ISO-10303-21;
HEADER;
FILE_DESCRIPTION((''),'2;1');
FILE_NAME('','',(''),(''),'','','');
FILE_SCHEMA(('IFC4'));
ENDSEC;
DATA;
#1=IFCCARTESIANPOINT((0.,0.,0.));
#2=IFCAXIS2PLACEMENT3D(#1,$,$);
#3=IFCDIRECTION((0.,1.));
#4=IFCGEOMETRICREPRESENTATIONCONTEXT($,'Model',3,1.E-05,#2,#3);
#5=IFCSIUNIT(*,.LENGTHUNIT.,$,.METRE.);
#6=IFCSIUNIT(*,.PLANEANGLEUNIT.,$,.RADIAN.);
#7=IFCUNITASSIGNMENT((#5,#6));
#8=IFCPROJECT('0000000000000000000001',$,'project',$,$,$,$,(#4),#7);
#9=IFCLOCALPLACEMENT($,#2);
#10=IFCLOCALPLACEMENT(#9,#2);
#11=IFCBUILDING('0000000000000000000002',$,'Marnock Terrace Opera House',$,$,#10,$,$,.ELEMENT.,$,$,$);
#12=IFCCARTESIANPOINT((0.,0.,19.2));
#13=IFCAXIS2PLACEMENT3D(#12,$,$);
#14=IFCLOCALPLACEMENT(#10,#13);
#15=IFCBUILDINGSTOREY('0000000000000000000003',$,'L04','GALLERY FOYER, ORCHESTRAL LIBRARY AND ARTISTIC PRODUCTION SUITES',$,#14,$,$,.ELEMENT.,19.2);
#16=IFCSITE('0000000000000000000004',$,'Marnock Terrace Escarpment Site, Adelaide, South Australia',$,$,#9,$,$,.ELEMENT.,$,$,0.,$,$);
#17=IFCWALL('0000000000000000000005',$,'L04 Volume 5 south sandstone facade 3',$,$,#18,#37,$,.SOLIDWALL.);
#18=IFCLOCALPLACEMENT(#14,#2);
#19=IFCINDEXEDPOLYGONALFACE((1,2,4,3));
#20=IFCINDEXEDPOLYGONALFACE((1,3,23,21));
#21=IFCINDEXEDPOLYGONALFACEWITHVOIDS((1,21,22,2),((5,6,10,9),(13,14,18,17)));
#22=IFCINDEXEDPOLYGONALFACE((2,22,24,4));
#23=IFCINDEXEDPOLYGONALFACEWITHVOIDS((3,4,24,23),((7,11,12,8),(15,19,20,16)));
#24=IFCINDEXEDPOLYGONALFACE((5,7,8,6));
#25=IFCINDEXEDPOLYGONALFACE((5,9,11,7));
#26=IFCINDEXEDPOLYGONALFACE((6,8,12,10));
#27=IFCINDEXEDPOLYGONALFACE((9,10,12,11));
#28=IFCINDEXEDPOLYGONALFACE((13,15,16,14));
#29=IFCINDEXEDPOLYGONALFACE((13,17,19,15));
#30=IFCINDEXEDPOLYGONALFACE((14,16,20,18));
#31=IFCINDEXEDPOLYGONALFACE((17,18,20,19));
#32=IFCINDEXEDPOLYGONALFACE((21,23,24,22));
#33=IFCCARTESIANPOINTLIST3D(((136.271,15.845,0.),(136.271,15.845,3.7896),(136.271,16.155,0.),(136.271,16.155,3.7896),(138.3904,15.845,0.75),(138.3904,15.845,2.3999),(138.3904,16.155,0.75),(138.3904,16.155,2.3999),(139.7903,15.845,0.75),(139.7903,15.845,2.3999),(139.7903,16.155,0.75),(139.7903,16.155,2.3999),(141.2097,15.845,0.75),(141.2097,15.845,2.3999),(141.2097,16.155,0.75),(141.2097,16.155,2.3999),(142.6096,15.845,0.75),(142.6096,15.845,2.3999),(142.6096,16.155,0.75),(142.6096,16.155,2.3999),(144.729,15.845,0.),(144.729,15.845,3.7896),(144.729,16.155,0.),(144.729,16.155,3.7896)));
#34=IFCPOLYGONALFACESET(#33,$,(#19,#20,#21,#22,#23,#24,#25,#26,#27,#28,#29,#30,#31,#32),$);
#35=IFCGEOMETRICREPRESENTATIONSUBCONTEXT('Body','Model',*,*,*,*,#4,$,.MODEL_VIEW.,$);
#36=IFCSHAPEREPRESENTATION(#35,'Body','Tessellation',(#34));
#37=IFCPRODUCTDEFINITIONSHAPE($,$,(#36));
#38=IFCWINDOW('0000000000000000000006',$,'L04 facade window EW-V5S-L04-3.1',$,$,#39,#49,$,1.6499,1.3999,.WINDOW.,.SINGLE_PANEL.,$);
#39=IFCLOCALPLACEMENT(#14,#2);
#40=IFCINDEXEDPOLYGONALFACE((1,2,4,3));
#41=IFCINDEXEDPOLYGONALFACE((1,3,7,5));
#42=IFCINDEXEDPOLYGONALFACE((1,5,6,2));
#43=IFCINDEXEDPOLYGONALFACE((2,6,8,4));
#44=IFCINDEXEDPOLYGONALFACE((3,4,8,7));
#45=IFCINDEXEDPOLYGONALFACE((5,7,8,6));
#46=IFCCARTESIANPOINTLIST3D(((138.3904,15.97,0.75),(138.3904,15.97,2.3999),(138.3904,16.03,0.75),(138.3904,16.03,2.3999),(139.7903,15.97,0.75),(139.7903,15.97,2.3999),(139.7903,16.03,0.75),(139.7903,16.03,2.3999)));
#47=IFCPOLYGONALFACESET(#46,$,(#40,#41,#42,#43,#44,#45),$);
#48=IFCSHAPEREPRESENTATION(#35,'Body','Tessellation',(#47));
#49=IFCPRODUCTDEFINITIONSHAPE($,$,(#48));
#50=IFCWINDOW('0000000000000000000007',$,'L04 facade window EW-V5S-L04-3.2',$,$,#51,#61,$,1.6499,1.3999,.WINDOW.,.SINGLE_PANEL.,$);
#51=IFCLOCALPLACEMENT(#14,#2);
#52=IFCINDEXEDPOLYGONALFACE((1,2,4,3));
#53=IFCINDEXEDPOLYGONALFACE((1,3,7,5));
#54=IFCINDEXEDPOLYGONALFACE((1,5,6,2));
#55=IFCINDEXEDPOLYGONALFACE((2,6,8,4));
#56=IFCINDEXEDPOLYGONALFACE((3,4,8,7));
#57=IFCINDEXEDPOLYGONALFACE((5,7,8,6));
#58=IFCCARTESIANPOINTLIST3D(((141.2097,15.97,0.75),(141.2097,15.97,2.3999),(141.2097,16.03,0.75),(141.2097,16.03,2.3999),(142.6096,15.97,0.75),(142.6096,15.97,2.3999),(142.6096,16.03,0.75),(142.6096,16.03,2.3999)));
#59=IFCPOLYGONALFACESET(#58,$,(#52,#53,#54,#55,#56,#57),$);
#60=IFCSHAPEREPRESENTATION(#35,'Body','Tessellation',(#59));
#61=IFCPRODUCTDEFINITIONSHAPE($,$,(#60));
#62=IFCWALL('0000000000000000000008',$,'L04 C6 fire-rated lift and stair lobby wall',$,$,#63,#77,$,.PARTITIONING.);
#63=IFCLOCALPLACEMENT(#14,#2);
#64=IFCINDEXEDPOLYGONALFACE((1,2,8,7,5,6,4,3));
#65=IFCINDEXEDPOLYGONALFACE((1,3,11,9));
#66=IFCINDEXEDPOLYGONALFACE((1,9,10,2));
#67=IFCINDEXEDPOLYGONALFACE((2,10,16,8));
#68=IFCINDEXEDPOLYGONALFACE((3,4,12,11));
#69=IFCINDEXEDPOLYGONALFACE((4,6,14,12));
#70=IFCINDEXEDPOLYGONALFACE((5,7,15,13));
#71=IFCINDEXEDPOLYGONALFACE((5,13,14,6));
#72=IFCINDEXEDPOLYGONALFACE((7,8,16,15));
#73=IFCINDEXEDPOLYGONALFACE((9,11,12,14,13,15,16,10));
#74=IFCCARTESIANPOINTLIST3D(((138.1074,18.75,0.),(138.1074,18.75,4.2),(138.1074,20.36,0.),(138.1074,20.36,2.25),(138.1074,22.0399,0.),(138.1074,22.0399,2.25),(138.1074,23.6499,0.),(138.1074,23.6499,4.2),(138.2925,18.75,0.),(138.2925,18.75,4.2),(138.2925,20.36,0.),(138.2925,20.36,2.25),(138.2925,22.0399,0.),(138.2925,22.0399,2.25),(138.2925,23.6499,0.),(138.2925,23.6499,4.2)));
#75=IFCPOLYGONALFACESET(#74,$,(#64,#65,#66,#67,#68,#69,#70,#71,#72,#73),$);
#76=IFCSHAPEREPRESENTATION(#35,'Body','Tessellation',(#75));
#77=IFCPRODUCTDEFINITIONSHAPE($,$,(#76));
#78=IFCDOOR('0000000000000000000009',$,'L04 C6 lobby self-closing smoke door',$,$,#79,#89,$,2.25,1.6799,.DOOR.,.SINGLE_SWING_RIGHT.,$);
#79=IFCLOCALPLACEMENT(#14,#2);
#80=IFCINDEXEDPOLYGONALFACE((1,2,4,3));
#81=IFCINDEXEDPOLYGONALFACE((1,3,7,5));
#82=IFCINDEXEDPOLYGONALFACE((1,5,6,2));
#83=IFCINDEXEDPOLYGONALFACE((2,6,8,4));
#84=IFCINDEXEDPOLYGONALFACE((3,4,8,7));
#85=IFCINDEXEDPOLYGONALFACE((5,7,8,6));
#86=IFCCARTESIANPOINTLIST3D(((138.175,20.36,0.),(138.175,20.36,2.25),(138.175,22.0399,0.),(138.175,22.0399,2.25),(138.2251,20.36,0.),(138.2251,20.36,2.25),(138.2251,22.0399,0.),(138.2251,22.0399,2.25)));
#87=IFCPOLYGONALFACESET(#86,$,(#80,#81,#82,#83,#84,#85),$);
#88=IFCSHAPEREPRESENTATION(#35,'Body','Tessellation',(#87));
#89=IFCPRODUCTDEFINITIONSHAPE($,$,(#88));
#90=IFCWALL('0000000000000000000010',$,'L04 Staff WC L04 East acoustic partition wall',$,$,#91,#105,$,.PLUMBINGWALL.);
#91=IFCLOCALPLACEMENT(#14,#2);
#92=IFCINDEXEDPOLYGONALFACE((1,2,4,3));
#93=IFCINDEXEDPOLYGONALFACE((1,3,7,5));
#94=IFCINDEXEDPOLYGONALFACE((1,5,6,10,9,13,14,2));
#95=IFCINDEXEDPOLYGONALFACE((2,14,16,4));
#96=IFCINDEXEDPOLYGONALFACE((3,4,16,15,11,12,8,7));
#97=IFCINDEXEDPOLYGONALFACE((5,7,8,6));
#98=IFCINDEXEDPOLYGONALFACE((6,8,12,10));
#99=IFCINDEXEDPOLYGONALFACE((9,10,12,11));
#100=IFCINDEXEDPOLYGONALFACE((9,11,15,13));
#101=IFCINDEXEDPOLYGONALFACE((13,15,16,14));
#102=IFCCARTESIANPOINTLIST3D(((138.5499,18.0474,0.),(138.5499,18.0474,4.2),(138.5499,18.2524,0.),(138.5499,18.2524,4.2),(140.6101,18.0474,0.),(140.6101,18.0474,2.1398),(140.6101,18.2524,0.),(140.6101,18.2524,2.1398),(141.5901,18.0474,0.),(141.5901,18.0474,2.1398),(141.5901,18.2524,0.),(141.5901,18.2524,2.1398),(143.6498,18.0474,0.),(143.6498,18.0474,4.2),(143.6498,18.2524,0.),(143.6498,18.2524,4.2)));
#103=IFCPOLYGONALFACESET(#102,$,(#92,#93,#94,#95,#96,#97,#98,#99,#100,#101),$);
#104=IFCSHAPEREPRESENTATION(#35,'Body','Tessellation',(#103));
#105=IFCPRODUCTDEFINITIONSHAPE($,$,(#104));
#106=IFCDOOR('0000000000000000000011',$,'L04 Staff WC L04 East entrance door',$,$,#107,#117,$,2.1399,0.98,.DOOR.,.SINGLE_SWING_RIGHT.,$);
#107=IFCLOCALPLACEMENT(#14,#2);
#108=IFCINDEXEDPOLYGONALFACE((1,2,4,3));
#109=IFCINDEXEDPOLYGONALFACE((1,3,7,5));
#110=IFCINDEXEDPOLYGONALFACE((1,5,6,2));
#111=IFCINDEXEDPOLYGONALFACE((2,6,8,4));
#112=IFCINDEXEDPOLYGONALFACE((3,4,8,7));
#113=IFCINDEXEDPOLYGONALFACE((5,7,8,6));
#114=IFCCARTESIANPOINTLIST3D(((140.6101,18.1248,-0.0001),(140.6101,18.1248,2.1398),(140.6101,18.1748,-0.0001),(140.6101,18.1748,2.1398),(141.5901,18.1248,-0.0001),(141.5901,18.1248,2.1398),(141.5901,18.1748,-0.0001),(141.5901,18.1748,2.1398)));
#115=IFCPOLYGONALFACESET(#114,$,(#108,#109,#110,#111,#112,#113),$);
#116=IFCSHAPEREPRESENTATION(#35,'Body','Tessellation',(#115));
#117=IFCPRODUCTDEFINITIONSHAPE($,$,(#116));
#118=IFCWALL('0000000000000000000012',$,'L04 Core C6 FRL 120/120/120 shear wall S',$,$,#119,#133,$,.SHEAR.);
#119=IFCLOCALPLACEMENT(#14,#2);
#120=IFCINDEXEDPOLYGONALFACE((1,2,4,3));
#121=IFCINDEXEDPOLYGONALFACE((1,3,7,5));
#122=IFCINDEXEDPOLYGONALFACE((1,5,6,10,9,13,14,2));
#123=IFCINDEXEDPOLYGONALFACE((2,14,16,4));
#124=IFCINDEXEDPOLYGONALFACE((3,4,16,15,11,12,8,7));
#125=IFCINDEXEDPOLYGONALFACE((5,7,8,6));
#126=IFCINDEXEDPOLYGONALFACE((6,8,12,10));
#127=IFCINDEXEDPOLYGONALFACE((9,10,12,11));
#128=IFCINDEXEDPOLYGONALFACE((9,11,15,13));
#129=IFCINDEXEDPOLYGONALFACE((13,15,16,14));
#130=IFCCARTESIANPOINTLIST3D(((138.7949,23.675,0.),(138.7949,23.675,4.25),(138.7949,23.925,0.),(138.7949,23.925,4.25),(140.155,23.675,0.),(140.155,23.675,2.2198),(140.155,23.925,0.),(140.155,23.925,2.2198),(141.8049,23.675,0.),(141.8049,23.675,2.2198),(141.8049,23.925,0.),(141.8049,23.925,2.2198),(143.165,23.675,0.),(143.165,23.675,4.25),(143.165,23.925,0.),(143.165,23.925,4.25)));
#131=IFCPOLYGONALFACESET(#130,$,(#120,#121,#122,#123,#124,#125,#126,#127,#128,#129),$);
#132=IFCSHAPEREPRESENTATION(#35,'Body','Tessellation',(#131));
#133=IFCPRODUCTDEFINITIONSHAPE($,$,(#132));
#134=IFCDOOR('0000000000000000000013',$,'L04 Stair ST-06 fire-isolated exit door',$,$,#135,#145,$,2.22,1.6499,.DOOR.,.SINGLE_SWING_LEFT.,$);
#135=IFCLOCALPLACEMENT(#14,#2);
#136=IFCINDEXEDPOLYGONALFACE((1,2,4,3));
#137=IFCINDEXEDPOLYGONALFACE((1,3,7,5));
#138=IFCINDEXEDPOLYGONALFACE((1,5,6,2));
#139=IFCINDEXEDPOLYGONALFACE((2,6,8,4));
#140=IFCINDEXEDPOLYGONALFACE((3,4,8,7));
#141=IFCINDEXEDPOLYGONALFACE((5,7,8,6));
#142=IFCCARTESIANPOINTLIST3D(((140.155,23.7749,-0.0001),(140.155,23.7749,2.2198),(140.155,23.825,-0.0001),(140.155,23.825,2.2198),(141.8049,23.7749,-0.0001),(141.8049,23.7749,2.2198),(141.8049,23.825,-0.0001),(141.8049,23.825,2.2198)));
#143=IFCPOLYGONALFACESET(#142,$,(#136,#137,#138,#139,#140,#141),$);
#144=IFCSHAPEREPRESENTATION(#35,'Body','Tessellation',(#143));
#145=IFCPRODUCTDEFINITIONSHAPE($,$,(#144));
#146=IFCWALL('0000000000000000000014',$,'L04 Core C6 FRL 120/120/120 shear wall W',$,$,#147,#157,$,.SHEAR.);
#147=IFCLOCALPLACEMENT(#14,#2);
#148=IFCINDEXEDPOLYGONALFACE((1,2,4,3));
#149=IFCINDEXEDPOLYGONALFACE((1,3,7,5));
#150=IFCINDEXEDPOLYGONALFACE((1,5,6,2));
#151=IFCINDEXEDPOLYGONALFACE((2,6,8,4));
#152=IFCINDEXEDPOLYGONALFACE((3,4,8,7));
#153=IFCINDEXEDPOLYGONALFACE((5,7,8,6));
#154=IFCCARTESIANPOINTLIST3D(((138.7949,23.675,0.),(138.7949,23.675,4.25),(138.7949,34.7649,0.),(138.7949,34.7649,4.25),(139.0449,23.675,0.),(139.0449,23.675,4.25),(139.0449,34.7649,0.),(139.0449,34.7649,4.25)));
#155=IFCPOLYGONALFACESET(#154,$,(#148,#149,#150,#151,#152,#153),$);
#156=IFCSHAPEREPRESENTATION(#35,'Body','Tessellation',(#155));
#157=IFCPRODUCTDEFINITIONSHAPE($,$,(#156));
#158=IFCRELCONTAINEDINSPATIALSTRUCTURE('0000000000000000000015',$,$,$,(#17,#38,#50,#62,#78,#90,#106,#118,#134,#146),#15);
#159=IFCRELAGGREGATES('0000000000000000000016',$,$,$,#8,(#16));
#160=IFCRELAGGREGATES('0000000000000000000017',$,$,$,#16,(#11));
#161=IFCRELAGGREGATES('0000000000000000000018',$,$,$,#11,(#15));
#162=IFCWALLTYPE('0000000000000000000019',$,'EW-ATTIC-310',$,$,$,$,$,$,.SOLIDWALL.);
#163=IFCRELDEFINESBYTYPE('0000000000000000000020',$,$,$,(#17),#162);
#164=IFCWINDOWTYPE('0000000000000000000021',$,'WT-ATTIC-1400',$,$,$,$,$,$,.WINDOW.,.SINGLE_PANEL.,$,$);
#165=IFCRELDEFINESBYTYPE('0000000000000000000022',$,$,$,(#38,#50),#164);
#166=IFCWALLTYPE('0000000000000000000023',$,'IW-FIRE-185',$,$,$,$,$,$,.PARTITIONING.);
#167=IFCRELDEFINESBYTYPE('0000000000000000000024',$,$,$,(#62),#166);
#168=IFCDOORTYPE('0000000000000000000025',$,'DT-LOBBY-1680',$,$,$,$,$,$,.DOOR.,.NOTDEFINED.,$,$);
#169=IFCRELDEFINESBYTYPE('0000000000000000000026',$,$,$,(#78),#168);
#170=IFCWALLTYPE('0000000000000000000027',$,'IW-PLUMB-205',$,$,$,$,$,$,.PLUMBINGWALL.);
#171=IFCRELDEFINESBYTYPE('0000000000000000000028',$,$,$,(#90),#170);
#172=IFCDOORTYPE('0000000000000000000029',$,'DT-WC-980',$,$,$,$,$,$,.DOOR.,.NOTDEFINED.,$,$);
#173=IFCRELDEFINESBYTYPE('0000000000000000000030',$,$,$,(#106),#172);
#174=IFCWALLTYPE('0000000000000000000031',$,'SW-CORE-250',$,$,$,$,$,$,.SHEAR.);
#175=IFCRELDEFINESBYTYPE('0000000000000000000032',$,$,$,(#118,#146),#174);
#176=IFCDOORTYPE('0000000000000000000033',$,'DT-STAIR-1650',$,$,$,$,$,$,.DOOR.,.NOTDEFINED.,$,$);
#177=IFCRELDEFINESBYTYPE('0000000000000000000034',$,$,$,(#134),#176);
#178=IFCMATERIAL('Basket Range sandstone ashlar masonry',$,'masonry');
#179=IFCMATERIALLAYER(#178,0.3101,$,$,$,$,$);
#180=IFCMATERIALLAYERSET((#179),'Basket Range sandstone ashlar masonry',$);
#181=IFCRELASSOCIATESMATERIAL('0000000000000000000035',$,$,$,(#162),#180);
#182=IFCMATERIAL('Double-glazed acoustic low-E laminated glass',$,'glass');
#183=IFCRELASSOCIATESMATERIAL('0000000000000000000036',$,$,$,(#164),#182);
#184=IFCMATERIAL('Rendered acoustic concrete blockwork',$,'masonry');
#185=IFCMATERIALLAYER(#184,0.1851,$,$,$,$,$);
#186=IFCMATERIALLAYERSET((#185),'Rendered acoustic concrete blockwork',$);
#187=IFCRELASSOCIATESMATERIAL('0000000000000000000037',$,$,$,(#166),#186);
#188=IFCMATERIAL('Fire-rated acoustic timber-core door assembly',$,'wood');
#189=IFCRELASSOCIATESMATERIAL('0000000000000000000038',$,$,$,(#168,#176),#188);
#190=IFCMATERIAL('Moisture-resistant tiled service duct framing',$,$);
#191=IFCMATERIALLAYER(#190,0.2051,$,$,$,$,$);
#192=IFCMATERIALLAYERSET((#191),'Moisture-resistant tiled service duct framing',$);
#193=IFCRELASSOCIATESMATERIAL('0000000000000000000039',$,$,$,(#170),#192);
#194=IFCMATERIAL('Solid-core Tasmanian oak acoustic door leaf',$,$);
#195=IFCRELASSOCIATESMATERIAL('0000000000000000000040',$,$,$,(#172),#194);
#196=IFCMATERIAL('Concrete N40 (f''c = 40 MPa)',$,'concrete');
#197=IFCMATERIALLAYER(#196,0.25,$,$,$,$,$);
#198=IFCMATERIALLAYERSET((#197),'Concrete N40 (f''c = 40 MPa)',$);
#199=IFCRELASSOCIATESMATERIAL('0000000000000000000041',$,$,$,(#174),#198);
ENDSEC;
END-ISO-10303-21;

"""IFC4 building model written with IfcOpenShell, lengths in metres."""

from ifc_helpers import new_model, si_unit, direction, frame, frame_2d, origin, place, context, subcontext, project, spatial, rectangle, extrude, material, layer, layer_set, type_object, element, fill, save


model = new_model("IFC4")

# Units and contexts
model_context = context("Model", 3, precision=1e-05, world=origin(), true_north=direction((0.0, 1.0)))
body_context = subcontext(model_context, "Body", "Model", "MODEL_VIEW")
ifc_project = project(units=[si_unit("LENGTHUNIT", "METRE"), si_unit("PLANEANGLEUNIT", "RADIAN")], contexts=[model_context])

# Site, building, storey
site_placement = place(None, origin())
site = spatial("IfcSite", under=ifc_project, at=site_placement, Name="Marnock Terrace Escarpment Site, Adelaide, South Australia", CompositionType="ELEMENT", RefElevation=0.0)
building_placement = place(site_placement, origin())
building = spatial("IfcBuilding", under=site, at=building_placement, Name="Marnock Terrace Opera House", CompositionType="ELEMENT")
storey_placement = place(building_placement, frame((0.0, 0.0, 19.2)))
storey = spatial("IfcBuildingStorey", under=building, at=storey_placement, Name="L04", Description="GALLERY FOYER, ORCHESTRAL LIBRARY AND ARTISTIC PRODUCTION SUITES", CompositionType="ELEMENT", Elevation=19.2)

# Shared definitions
ifc_material_1 = material(Name="Concrete N40 (f'c = 40 MPa)", Category="concrete")

# Wall, openings, windows
ifc_material_2 = material(Name="Basket Range sandstone ashlar masonry", Category="masonry")
ifc_layer_1 = layer(ifc_material_2, 0.3101)
ifc_layer_set_1 = layer_set([ifc_layer_1], Name="Basket Range sandstone ashlar masonry")
wall_type_1 = type_object("IfcWallType", Name="EW-ATTIC-310", PredefinedType="SOLIDWALL", material=ifc_layer_set_1)
wall_1_placement = place(storey_placement, frame((136.271, 16.0, 0.0), z_axis=(0.0, 0.0, 1.0), x_axis=(1.0, 0.0, 0.0)))
wall_1 = element("IfcWall", 1, at=wall_1_placement, inside=storey, type_object=wall_type_1, Name="L04 Volume 5 south sandstone facade 3", PredefinedType="SOLIDWALL", context=body_context, shape_type="SweptSolid", body=[
    extrude(rectangle(XDim=8.458, YDim=0.3101, at=frame_2d((4.229, 0.0))), origin(), (0.0, 0.0, 1.0), 3.7896),
])
opening_1_placement = place(wall_1_placement, frame((2.1194, 0.0, 0.75)))
opening_1 = element("IfcOpeningElement", 2, at=opening_1_placement, cuts=wall_1, PredefinedType="OPENING", context=body_context, shape_type="SweptSolid", body=[
    extrude(rectangle(XDim=1.3999, YDim=1.6499, at=frame_2d((0.7, 0.825))), frame((0.0, 0.165, 0.0), z_axis=(0.0, -1.0, 0.0), x_axis=(1.0, 0.0, 0.0)), (0.0, 0.0, 1.0), 0.3301),
])
opening_2_placement = place(wall_1_placement, frame((4.9387, 0.0, 0.75)))
opening_2 = element("IfcOpeningElement", 3, at=opening_2_placement, cuts=wall_1, PredefinedType="OPENING", context=body_context, shape_type="SweptSolid", body=[
    extrude(rectangle(XDim=1.3999, YDim=1.6499, at=frame_2d((0.7, 0.825))), frame((0.0, 0.165, 0.0), z_axis=(0.0, -1.0, 0.0), x_axis=(1.0, 0.0, 0.0)), (0.0, 0.0, 1.0), 0.3301),
])
ifc_material_3 = material(Name="Double-glazed acoustic low-E laminated glass", Category="glass")
window_type = type_object("IfcWindowType", Name="WT-ATTIC-1400", PartitioningType="SINGLE_PANEL", PredefinedType="WINDOW", material=ifc_material_3)
window_1_placement = place(opening_1_placement, origin())
window_1 = element("IfcWindow", 4, at=window_1_placement, inside=storey, type_object=window_type, Name="L04 facade window EW-V5S-L04-3.1", OverallHeight=1.6499, OverallWidth=1.3999, PartitioningType="SINGLE_PANEL", PredefinedType="WINDOW", context=body_context, shape_type="SweptSolid", body=[
    extrude(rectangle(XDim=1.3999, YDim=1.6499, at=frame_2d((0.7, 0.825))), frame((0.0, 0.03, 0.0), z_axis=(0.0, -1.0, 0.0), x_axis=(1.0, 0.0, 0.0)), (0.0, 0.0, 1.0), 0.0601),
])
fill(opening_1, window_1)
window_2_placement = place(opening_2_placement, origin())
window_2 = element("IfcWindow", 5, at=window_2_placement, inside=storey, type_object=window_type, Name="L04 facade window EW-V5S-L04-3.2", OverallHeight=1.6499, OverallWidth=1.3999, PartitioningType="SINGLE_PANEL", PredefinedType="WINDOW", context=body_context, shape_type="SweptSolid", body=[
    extrude(rectangle(XDim=1.3999, YDim=1.6499, at=frame_2d((0.7, 0.825))), frame((0.0, 0.03, 0.0), z_axis=(0.0, -1.0, 0.0), x_axis=(1.0, 0.0, 0.0)), (0.0, 0.0, 1.0), 0.0601),
])
fill(opening_2, window_2)

# Walls, openings, doors
ifc_material_4 = material(Name="Rendered acoustic concrete blockwork", Category="masonry")
ifc_layer_2 = layer(ifc_material_4, 0.1851)
ifc_layer_set_2 = layer_set([ifc_layer_2], Name="Rendered acoustic concrete blockwork")
wall_type_2 = type_object("IfcWallType", Name="IW-FIRE-185", PredefinedType="PARTITIONING", material=ifc_layer_set_2)
wall_2_placement = place(storey_placement, frame((138.2, 18.75, 0.0), z_axis=(0.0, 0.0, 1.0), x_axis=(0.0, 1.0, 0.0)))
wall_2 = element("IfcWall", 6, at=wall_2_placement, inside=storey, type_object=wall_type_2, Name="L04 C6 fire-rated lift and stair lobby wall", PredefinedType="PARTITIONING", context=body_context, shape_type="SweptSolid", body=[
    extrude(rectangle(XDim=4.8999, YDim=0.1851, at=frame_2d((2.45, 0.0))), origin(), (0.0, 0.0, 1.0), 4.2),
])
opening_3_placement = place(wall_2_placement, frame((1.6101, 0.0, 0.0)))
opening_3 = element("IfcOpeningElement", 7, at=opening_3_placement, cuts=wall_2, PredefinedType="OPENING", context=body_context, shape_type="SweptSolid", body=[
    extrude(rectangle(XDim=1.6799, YDim=2.25, at=frame_2d((0.8398, 1.125))), frame((0.0, 0.1025, 0.0), z_axis=(0.0, -1.0, 0.0), x_axis=(1.0, 0.0, 0.0)), (0.0, 0.0, 1.0), 0.2051),
])
ifc_material_5 = material(Name="Fire-rated acoustic timber-core door assembly", Category="wood")
door_type_1 = type_object("IfcDoorType", Name="DT-LOBBY-1680", OperationType="NOTDEFINED", PredefinedType="DOOR", material=ifc_material_5)
door_1_placement = place(opening_3_placement, origin())
door_1 = element("IfcDoor", 8, at=door_1_placement, inside=storey, type_object=door_type_1, Name="L04 C6 lobby self-closing smoke door", OperationType="SINGLE_SWING_RIGHT", OverallHeight=2.25, OverallWidth=1.6799, PredefinedType="DOOR", context=body_context, shape_type="SweptSolid", body=[
    extrude(rectangle(XDim=1.6799, YDim=2.25, at=frame_2d((0.8398, 1.125))), frame((0.0, 0.0249, 0.0), z_axis=(0.0, -1.0, 0.0), x_axis=(1.0, 0.0, 0.0)), (0.0, 0.0, 1.0), 0.05),
])
fill(opening_3, door_1)
ifc_material_6 = material(Name="Moisture-resistant tiled service duct framing")
ifc_layer_3 = layer(ifc_material_6, 0.2051)
ifc_layer_set_3 = layer_set([ifc_layer_3], Name="Moisture-resistant tiled service duct framing")
wall_type_3 = type_object("IfcWallType", Name="IW-PLUMB-205", PredefinedType="PLUMBINGWALL", material=ifc_layer_set_3)
wall_3_placement = place(storey_placement, frame((138.55, 18.1499, 0.0), z_axis=(0.0, 0.0, 1.0), x_axis=(1.0, 0.0, 0.0)))
wall_3 = element("IfcWall", 9, at=wall_3_placement, inside=storey, type_object=wall_type_3, Name="L04 Staff WC L04 East acoustic partition wall", PredefinedType="PLUMBINGWALL", context=body_context, shape_type="SweptSolid", body=[
    extrude(rectangle(XDim=5.0999, YDim=0.2051, at=frame_2d((2.5498, 0.0))), origin(), (0.0, 0.0, 1.0), 4.2),
])
opening_4_placement = place(wall_3_placement, frame((2.0601, 0.0, 0.0)))
opening_4 = element("IfcOpeningElement", 10, at=opening_4_placement, cuts=wall_3, PredefinedType="OPENING", context=body_context, shape_type="SweptSolid", body=[
    extrude(rectangle(XDim=0.98, YDim=2.1399, at=frame_2d((0.49, 1.0698))), frame((0.0, 0.1125, 0.0), z_axis=(0.0, -1.0, 0.0), x_axis=(1.0, 0.0, 0.0)), (0.0, 0.0, 1.0), 0.2251),
])
ifc_material_7 = material(Name="Solid-core Tasmanian oak acoustic door leaf")
door_type_2 = type_object("IfcDoorType", Name="DT-WC-980", OperationType="NOTDEFINED", PredefinedType="DOOR", material=ifc_material_7)
door_2_placement = place(opening_4_placement, origin())
door_2 = element("IfcDoor", 11, at=door_2_placement, inside=storey, type_object=door_type_2, Name="L04 Staff WC L04 East entrance door", OperationType="SINGLE_SWING_RIGHT", OverallHeight=2.1399, OverallWidth=0.98, PredefinedType="DOOR", context=body_context, shape_type="SweptSolid", body=[
    extrude(rectangle(XDim=0.98, YDim=2.1399, at=frame_2d((0.49, 1.0698))), frame((0.0, 0.0249, 0.0), z_axis=(0.0, -1.0, 0.0), x_axis=(1.0, 0.0, 0.0)), (0.0, 0.0, 1.0), 0.05),
])
fill(opening_4, door_2)
ifc_layer_4 = layer(ifc_material_1, 0.25)
ifc_layer_set_4 = layer_set([ifc_layer_4], Name="Concrete N40 (f'c = 40 MPa)")
wall_type_4 = type_object("IfcWallType", Name="SW-CORE-250", PredefinedType="SHEAR", material=ifc_layer_set_4)
wall_4_placement = place(storey_placement, frame((138.7949, 23.8, 0.0), z_axis=(0.0, 0.0, 1.0), x_axis=(1.0, 0.0, 0.0)))
wall_4 = element("IfcWall", 12, at=wall_4_placement, inside=storey, type_object=wall_type_4, Name="L04 Core C6 FRL 120/120/120 shear wall S", PredefinedType="SHEAR", context=body_context, shape_type="SweptSolid", body=[
    extrude(rectangle(XDim=4.3701, YDim=0.25, at=frame_2d((2.1851, 0.0))), origin(), (0.0, 0.0, 1.0), 4.25),
])
opening_5_placement = place(wall_4_placement, frame((1.3601, 0.0, 0.0)))
opening_5 = element("IfcOpeningElement", 13, at=opening_5_placement, cuts=wall_4, PredefinedType="OPENING", context=body_context, shape_type="SweptSolid", body=[
    extrude(rectangle(XDim=1.6499, YDim=2.22, at=frame_2d((0.825, 1.1099))), frame((0.0, 0.135, 0.0), z_axis=(0.0, -1.0, 0.0), x_axis=(1.0, 0.0, 0.0)), (0.0, 0.0, 1.0), 0.27),
])
door_type_3 = type_object("IfcDoorType", Name="DT-STAIR-1650", OperationType="NOTDEFINED", PredefinedType="DOOR", material=ifc_material_5)
door_3_placement = place(opening_5_placement, origin())
door_3 = element("IfcDoor", 14, at=door_3_placement, inside=storey, type_object=door_type_3, Name="L04 Stair ST-06 fire-isolated exit door", OperationType="SINGLE_SWING_LEFT", OverallHeight=2.22, OverallWidth=1.6499, PredefinedType="DOOR", context=body_context, shape_type="SweptSolid", body=[
    extrude(rectangle(XDim=1.6499, YDim=2.22, at=frame_2d((0.825, 1.1099))), frame((0.0, 0.0249, 0.0), z_axis=(0.0, -1.0, 0.0), x_axis=(1.0, 0.0, 0.0)), (0.0, 0.0, 1.0), 0.05),
])
fill(opening_5, door_3)

# Wall
for number, where, z_axis, x_axis, name in (
    (15, (138.9199, 23.675, 0.0), (0.0, 0.0, 1.0), (0.0, 1.0, 0.0), "L04 Core C6 FRL 120/120/120 shear wall W"),
):
    element("IfcWall", number, at=place(storey_placement, frame(where, z_axis=z_axis, x_axis=x_axis)), inside=storey, type_object=wall_type_4, Name=name, PredefinedType="SHEAR", context=body_context, shape_type="SweptSolid", body=[
        extrude(rectangle(XDim=11.0898, YDim=0.25, at=frame_2d((5.5449, 0.0))), origin(), (0.0, 0.0, 1.0), 4.25),
    ])

save(model, "model.ifc")
